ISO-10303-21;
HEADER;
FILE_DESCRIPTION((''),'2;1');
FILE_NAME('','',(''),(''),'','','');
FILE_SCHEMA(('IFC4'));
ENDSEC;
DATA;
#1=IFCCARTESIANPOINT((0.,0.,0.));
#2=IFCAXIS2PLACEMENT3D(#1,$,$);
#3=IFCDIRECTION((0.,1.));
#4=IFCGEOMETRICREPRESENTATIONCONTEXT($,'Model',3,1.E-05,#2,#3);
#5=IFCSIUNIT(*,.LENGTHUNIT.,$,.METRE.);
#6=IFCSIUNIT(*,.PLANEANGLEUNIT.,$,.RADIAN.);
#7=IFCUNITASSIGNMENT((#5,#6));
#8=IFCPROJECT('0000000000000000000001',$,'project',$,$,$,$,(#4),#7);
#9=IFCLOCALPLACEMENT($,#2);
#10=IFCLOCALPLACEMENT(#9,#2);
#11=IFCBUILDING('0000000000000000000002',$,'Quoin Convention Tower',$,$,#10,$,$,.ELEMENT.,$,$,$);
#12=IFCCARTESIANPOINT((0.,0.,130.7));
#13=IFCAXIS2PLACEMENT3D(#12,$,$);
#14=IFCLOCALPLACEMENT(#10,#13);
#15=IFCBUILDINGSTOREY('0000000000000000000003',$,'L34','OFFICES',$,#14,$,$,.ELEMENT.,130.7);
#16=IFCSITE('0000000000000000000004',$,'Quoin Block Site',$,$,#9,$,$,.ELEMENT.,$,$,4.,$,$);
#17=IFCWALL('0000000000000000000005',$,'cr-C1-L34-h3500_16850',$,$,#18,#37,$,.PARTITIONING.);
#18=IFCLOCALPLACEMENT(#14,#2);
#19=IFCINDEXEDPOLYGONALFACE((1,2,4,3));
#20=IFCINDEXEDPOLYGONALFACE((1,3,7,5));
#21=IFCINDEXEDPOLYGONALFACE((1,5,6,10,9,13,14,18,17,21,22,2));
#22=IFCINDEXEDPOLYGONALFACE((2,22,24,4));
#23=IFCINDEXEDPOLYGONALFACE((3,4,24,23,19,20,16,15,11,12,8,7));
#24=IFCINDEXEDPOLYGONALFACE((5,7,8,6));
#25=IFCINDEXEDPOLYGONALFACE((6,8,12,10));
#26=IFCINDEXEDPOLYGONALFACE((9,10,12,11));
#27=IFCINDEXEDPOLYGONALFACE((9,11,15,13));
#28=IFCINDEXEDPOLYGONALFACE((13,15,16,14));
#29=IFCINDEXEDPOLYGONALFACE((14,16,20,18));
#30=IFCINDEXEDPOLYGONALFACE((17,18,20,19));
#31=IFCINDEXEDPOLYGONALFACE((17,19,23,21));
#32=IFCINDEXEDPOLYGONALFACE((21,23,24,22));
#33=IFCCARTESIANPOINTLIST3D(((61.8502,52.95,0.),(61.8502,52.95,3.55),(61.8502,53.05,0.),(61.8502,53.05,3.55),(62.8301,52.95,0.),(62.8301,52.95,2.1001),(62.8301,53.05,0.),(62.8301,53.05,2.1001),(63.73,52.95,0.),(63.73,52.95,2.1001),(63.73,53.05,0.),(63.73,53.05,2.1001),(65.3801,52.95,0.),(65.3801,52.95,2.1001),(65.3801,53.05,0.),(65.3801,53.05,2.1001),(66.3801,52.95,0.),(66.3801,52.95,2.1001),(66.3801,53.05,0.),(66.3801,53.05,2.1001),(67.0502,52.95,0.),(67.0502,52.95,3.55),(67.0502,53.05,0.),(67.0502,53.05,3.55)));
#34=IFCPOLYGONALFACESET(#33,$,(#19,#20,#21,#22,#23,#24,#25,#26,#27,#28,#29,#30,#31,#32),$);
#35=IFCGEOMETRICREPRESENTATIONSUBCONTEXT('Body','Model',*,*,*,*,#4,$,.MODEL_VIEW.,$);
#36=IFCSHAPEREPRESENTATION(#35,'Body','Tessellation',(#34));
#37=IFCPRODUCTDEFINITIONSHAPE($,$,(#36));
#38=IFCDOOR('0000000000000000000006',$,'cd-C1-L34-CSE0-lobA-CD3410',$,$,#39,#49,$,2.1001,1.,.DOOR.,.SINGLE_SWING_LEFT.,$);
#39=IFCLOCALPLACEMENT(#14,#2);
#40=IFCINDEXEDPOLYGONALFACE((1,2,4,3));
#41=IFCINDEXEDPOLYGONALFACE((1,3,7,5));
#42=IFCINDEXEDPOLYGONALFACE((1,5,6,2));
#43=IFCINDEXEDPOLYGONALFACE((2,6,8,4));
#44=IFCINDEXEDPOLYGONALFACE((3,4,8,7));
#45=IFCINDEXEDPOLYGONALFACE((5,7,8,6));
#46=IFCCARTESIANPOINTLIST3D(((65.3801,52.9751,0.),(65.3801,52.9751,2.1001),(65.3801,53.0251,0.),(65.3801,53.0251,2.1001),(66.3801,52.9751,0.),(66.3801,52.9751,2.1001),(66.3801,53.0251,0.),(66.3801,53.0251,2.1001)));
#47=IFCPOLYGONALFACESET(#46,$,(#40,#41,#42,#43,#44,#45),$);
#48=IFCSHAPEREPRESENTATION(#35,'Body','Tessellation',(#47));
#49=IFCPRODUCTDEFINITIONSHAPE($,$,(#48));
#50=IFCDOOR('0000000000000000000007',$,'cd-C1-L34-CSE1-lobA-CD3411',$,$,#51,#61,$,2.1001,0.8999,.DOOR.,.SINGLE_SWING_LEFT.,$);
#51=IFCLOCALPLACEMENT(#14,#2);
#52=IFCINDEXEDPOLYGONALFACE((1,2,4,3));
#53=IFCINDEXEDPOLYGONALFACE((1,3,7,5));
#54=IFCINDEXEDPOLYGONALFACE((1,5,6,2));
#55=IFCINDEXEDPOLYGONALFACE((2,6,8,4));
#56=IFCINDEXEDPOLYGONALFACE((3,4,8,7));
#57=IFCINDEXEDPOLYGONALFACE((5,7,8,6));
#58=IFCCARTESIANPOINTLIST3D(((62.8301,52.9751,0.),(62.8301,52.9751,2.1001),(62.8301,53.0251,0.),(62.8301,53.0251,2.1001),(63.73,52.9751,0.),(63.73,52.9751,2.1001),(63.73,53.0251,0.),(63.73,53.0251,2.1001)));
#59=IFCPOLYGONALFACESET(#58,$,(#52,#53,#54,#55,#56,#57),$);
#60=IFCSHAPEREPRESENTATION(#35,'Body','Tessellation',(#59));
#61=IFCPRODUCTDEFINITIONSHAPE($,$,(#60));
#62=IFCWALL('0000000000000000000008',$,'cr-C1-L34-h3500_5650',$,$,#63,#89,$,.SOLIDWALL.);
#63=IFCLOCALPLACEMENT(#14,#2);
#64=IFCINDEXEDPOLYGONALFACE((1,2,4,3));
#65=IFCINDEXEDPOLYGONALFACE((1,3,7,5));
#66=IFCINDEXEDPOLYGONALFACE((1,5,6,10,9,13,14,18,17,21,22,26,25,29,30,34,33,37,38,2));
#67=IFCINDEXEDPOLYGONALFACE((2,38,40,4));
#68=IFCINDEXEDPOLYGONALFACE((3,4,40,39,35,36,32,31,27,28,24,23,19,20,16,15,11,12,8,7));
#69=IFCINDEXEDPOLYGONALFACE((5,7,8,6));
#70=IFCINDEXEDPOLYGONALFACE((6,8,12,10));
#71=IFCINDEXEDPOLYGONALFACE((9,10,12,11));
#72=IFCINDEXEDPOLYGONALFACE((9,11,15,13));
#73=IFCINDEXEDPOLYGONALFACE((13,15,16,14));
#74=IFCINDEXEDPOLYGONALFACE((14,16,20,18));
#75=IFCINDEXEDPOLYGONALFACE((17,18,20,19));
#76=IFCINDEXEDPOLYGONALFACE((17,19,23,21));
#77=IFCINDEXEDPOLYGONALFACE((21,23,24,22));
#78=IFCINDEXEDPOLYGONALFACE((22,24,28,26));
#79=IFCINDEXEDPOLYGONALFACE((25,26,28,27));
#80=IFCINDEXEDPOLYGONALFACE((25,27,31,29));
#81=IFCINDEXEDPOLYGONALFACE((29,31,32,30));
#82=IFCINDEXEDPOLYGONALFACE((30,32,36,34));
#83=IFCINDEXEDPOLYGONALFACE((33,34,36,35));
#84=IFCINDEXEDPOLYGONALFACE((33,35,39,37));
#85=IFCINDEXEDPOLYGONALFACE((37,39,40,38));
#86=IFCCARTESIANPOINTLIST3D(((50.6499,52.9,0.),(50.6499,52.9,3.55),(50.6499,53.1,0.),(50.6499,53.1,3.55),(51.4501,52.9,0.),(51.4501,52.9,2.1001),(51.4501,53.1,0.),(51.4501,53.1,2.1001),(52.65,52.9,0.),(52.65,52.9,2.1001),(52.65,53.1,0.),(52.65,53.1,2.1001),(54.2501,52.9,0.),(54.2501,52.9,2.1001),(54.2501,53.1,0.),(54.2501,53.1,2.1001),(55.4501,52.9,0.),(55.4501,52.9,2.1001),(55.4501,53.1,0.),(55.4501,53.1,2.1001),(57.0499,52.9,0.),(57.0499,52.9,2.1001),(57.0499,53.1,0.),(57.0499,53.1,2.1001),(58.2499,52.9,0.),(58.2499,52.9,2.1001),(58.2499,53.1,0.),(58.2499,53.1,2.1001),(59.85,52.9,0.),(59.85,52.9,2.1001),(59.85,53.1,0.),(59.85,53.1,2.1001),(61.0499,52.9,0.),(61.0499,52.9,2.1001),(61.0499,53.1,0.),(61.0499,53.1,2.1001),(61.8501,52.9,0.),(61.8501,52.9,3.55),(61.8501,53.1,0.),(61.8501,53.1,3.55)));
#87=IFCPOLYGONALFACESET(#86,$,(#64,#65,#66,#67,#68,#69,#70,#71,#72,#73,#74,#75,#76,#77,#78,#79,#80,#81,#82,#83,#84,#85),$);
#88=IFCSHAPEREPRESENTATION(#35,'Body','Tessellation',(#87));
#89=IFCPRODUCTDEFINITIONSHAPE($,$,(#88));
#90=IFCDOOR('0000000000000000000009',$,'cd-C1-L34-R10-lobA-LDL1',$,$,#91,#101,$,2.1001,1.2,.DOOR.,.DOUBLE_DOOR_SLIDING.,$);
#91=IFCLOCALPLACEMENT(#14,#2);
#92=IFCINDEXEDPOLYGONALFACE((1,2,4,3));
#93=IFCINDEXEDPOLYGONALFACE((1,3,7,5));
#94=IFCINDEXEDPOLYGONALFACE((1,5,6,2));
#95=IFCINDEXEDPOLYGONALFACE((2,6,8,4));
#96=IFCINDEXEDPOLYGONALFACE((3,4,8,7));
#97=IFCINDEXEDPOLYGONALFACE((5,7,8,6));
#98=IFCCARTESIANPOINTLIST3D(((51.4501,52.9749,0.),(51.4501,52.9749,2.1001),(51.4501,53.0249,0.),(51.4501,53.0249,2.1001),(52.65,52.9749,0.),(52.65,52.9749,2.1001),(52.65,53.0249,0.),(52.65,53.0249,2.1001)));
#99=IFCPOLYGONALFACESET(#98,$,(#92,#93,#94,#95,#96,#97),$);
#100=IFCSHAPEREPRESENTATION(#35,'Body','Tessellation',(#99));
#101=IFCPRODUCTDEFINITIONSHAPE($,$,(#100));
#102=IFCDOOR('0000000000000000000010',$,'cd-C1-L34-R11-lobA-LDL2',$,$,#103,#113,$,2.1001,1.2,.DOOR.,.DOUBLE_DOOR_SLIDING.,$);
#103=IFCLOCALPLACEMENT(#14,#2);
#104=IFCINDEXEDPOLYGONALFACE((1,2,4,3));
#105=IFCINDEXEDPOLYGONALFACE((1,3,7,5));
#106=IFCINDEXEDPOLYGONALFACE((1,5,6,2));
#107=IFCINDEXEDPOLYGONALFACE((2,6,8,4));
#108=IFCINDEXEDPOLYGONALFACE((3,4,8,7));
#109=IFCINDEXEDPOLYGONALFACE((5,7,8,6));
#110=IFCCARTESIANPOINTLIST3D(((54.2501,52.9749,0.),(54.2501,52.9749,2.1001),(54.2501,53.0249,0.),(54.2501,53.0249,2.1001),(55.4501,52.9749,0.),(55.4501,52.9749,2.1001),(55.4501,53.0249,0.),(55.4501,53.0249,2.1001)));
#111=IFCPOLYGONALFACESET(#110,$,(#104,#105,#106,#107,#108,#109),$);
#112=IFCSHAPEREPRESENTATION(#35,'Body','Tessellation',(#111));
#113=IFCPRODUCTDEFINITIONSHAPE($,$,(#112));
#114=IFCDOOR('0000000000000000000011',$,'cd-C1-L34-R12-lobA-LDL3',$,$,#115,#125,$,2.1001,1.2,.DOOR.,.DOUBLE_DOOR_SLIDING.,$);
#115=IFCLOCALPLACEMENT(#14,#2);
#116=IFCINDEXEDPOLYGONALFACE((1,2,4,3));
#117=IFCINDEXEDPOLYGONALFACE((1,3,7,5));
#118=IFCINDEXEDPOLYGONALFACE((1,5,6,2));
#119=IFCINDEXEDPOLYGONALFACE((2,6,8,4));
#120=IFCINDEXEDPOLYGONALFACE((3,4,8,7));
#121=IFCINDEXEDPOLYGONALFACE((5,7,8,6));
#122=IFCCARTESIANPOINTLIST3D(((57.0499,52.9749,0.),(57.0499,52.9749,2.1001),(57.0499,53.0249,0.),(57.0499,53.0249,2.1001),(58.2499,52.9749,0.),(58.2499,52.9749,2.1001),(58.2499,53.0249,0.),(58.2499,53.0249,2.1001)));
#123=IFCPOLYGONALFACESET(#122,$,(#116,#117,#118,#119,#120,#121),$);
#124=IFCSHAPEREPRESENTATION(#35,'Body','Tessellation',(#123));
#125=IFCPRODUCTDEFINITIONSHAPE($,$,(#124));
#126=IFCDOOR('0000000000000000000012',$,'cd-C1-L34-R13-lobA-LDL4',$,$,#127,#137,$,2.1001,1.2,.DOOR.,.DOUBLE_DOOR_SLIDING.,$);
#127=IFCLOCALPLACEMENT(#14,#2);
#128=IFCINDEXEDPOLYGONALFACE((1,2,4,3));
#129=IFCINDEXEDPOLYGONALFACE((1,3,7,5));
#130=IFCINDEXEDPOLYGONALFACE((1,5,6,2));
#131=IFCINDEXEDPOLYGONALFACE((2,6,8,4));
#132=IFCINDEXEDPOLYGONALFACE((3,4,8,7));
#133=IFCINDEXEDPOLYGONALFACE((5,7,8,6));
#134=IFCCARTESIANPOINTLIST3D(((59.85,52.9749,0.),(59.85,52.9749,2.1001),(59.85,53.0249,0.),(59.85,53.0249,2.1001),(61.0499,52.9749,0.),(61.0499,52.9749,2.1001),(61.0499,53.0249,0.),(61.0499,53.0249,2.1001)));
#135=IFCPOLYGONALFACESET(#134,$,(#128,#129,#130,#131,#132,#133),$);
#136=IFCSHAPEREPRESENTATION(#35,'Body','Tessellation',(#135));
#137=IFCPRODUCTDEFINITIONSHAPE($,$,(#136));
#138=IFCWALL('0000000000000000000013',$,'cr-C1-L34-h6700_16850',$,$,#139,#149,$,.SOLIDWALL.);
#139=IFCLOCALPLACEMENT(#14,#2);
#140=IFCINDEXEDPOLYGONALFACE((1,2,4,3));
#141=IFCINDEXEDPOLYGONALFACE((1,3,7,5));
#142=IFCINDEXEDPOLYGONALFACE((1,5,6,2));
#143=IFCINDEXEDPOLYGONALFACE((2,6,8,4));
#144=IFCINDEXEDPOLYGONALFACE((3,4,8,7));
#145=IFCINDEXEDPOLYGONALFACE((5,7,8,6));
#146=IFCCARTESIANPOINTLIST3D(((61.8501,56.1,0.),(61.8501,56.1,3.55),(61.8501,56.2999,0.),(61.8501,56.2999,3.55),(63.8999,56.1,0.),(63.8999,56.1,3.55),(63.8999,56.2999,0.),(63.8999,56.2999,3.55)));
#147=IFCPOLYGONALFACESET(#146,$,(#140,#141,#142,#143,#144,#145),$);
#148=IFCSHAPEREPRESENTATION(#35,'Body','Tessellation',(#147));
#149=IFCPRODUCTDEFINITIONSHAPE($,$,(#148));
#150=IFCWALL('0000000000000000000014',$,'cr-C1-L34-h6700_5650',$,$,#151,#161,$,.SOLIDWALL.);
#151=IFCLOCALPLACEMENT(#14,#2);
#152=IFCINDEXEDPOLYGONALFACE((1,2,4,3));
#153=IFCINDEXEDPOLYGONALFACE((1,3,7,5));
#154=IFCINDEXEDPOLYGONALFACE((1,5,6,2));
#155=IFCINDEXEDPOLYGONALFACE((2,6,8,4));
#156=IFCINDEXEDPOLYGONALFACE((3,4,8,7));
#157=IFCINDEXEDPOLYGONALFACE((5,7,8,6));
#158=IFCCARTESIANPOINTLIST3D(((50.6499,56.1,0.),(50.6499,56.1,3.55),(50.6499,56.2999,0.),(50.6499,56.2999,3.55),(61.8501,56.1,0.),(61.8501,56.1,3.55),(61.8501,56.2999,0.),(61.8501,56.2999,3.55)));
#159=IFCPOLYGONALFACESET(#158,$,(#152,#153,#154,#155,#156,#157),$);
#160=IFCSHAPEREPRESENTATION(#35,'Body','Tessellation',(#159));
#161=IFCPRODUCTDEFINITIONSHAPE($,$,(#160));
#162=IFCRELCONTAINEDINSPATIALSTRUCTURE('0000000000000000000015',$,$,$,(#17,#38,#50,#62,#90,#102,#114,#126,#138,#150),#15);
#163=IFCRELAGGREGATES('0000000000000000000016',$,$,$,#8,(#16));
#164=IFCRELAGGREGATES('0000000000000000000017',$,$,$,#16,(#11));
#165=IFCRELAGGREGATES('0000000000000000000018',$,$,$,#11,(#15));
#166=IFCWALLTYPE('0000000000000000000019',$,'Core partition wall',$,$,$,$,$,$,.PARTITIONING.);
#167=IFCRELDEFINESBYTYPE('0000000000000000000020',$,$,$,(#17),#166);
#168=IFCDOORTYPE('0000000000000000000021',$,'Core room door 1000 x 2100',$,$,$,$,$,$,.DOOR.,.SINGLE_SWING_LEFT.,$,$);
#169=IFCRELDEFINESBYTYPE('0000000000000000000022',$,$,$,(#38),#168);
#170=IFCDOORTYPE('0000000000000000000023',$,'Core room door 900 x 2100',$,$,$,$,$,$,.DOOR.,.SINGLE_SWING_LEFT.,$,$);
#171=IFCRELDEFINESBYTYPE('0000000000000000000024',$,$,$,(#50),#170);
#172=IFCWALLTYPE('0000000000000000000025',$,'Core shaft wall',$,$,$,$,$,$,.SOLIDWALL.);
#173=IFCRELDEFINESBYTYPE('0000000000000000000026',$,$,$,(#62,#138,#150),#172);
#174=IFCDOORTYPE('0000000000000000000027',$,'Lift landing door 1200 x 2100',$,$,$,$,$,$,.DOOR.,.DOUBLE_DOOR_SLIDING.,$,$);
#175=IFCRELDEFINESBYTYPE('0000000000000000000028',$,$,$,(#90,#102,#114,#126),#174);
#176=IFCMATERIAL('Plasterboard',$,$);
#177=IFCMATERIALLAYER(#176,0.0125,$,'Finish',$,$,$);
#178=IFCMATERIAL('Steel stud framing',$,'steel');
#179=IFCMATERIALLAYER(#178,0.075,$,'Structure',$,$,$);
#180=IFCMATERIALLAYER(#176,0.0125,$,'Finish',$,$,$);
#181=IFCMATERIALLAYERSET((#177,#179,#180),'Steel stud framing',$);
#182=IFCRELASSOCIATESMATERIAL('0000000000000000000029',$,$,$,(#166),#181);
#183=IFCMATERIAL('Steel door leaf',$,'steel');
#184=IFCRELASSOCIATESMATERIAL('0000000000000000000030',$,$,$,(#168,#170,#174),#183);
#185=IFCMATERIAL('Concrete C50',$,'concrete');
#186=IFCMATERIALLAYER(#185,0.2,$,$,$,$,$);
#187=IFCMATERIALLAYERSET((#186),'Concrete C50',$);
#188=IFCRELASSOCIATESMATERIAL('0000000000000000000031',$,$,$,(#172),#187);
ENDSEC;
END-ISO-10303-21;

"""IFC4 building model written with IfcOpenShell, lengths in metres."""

from ifc_helpers import new_model, si_unit, direction, frame, frame_2d, origin, place, context, subcontext, project, spatial, rectangle, extrude, material, layer, layer_set, type_object, element, fill, save


model = new_model("IFC4")

# Units and contexts
model_context = context("Model", 3, precision=1e-05, world=origin(), true_north=direction((0.0, 1.0)))
body_context = subcontext(model_context, "Body", "Model", "MODEL_VIEW")
ifc_project = project(units=[si_unit("LENGTHUNIT", "METRE"), si_unit("PLANEANGLEUNIT", "RADIAN")], contexts=[model_context])

# Site, building, storey
site_placement = place(None, origin())
site = spatial("IfcSite", under=ifc_project, at=site_placement, Name="Quoin Block Site", CompositionType="ELEMENT", RefElevation=4.0)
building_placement = place(site_placement, origin())
building = spatial("IfcBuilding", under=site, at=building_placement, Name="Quoin Convention Tower", CompositionType="ELEMENT")
storey_placement = place(building_placement, frame((0.0, 0.0, 130.7)))
storey = spatial("IfcBuildingStorey", under=building, at=storey_placement, Name="L34", Description="OFFICES", CompositionType="ELEMENT", Elevation=130.7)

# Walls, openings, doors
ifc_material_1 = material(Name="Plasterboard")
ifc_layer_1 = layer(ifc_material_1, 0.0125, Name="Finish")
ifc_material_2 = material(Name="Steel stud framing", Category="steel")
ifc_layer_2 = layer(ifc_material_2, 0.075, Name="Structure")
ifc_layer_3 = layer(ifc_material_1, 0.0125, Name="Finish")
ifc_layer_set_1 = layer_set([ifc_layer_1, ifc_layer_2, ifc_layer_3], Name="Steel stud framing")
wall_type_1 = type_object("IfcWallType", Name="Core partition wall", PredefinedType="PARTITIONING", material=ifc_layer_set_1)
wall_1_placement = place(storey_placement, frame((61.8501, 53.0, 0.0), z_axis=(0.0, 0.0, 1.0), x_axis=(1.0, 0.0, 0.0)))
wall_1 = element("IfcWall", 1, at=wall_1_placement, inside=storey, type_object=wall_type_1, Name="cr-C1-L34-h3500_16850", PredefinedType="PARTITIONING", context=body_context, shape_type="SweptSolid", body=[
    extrude(rectangle(XDim=5.2, YDim=0.1001, at=frame_2d((2.6001, 0.0))), origin(), (0.0, 0.0, 1.0), 3.55),
])
opening_1_placement = place(wall_1_placement, frame((3.53, 0.0, 0.0)))
opening_1 = element("IfcOpeningElement", 2, at=opening_1_placement, cuts=wall_1, PredefinedType="OPENING", context=body_context, shape_type="SweptSolid", body=[
    extrude(rectangle(XDim=1.0, YDim=2.1001, at=frame_2d((0.5, 1.05))), frame((0.0, 0.0601, 0.0), z_axis=(0.0, -1.0, 0.0), x_axis=(1.0, 0.0, 0.0)), (0.0, 0.0, 1.0), 0.1201),
])
opening_2_placement = place(wall_1_placement, frame((0.98, 0.0, 0.0)))
opening_2 = element("IfcOpeningElement", 3, at=opening_2_placement, cuts=wall_1, PredefinedType="OPENING", context=body_context, shape_type="SweptSolid", body=[
    extrude(rectangle(XDim=0.8999, YDim=2.1001, at=frame_2d((0.45, 1.05))), frame((0.0, 0.0601, 0.0), z_axis=(0.0, -1.0, 0.0), x_axis=(1.0, 0.0, 0.0)), (0.0, 0.0, 1.0), 0.1201),
])
ifc_material_3 = material(Name="Steel door leaf", Category="steel")
door_type_1 = type_object("IfcDoorType", Name="Core room door 1000 x 2100", OperationType="SINGLE_SWING_LEFT", PredefinedType="DOOR", material=ifc_material_3)
door_1_placement = place(opening_1_placement, frame((1.0, 0.0, 0.0), z_axis=(0.0, 0.0, 1.0), x_axis=(-1.0, 0.0, 0.0)))
door_1 = element("IfcDoor", 4, at=door_1_placement, inside=storey, type_object=door_type_1, Name="cd-C1-L34-CSE0-lobA-CD3410", OperationType="SINGLE_SWING_LEFT", OverallHeight=2.1001, OverallWidth=1.0, PredefinedType="DOOR", context=body_context, shape_type="SweptSolid", body=[
    extrude(rectangle(XDim=1.0, YDim=2.1001, at=frame_2d((0.5, 1.05))), frame((0.0, 0.0249, 0.0), z_axis=(0.0, -1.0, 0.0), x_axis=(1.0, 0.0, 0.0)), (0.0, 0.0, 1.0), 0.05),
])
fill(opening_1, door_1)
door_type_2 = type_object("IfcDoorType", Name="Core room door 900 x 2100", OperationType="SINGLE_SWING_LEFT", PredefinedType="DOOR", material=ifc_material_3)
door_2_placement = place(opening_2_placement, frame((0.8999, 0.0, 0.0), z_axis=(0.0, 0.0, 1.0), x_axis=(-1.0, 0.0, 0.0)))
door_2 = element("IfcDoor", 5, at=door_2_placement, inside=storey, type_object=door_type_2, Name="cd-C1-L34-CSE1-lobA-CD3411", OperationType="SINGLE_SWING_LEFT", OverallHeight=2.1001, OverallWidth=0.8999, PredefinedType="DOOR", context=body_context, shape_type="SweptSolid", body=[
    extrude(rectangle(XDim=0.8999, YDim=2.1001, at=frame_2d((0.45, 1.05))), frame((0.0, 0.0249, 0.0), z_axis=(0.0, -1.0, 0.0), x_axis=(1.0, 0.0, 0.0)), (0.0, 0.0, 1.0), 0.05),
])
fill(opening_2, door_2)
ifc_material_4 = material(Name="Concrete C50", Category="concrete")
ifc_layer_4 = layer(ifc_material_4, 0.2)
ifc_layer_set_2 = layer_set([ifc_layer_4], Name="Concrete C50")
wall_type_2 = type_object("IfcWallType", Name="Core shaft wall", PredefinedType="SOLIDWALL", material=ifc_layer_set_2)
wall_2_placement = place(storey_placement, frame((50.6499, 53.0, 0.0), z_axis=(0.0, 0.0, 1.0), x_axis=(1.0, 0.0, 0.0)))
wall_2 = element("IfcWall", 6, at=wall_2_placement, inside=storey, type_object=wall_type_2, Name="cr-C1-L34-h3500_5650", PredefinedType="SOLIDWALL", context=body_context, shape_type="SweptSolid", body=[
    extrude(rectangle(XDim=11.2002, YDim=0.2, at=frame_2d((5.6001, 0.0))), origin(), (0.0, 0.0, 1.0), 3.55),
])
opening_3_placement = place(wall_2_placement, frame((0.8, 0.0, 0.0)))
opening_3 = element("IfcOpeningElement", 7, at=opening_3_placement, cuts=wall_2, PredefinedType="OPENING", context=body_context, shape_type="SweptSolid", body=[
    extrude(rectangle(XDim=1.2, YDim=2.1001, at=frame_2d((0.6001, 1.05))), frame((0.0, 0.1099, 0.0), z_axis=(0.0, -1.0, 0.0), x_axis=(1.0, 0.0, 0.0)), (0.0, 0.0, 1.0), 0.22),
])
opening_4_placement = place(wall_2_placement, frame((3.6001, 0.0, 0.0)))
opening_4 = element("IfcOpeningElement", 8, at=opening_4_placement, cuts=wall_2, PredefinedType="OPENING", context=body_context, shape_type="SweptSolid", body=[
    extrude(rectangle(XDim=1.2, YDim=2.1001, at=frame_2d((0.6001, 1.05))), frame((0.0, 0.1099, 0.0), z_axis=(0.0, -1.0, 0.0), x_axis=(1.0, 0.0, 0.0)), (0.0, 0.0, 1.0), 0.22),
])
opening_5_placement = place(wall_2_placement, frame((6.3999, 0.0, 0.0)))
opening_5 = element("IfcOpeningElement", 9, at=opening_5_placement, cuts=wall_2, PredefinedType="OPENING", context=body_context, shape_type="SweptSolid", body=[
    extrude(rectangle(XDim=1.2, YDim=2.1001, at=frame_2d((0.6001, 1.05))), frame((0.0, 0.1099, 0.0), z_axis=(0.0, -1.0, 0.0), x_axis=(1.0, 0.0, 0.0)), (0.0, 0.0, 1.0), 0.22),
])
opening_6_placement = place(wall_2_placement, frame((9.2, 0.0, 0.0)))
opening_6 = element("IfcOpeningElement", 10, at=opening_6_placement, cuts=wall_2, PredefinedType="OPENING", context=body_context, shape_type="SweptSolid", body=[
    extrude(rectangle(XDim=1.2, YDim=2.1001, at=frame_2d((0.6001, 1.05))), frame((0.0, 0.1099, 0.0), z_axis=(0.0, -1.0, 0.0), x_axis=(1.0, 0.0, 0.0)), (0.0, 0.0, 1.0), 0.22),
])
door_type_3 = type_object("IfcDoorType", Name="Lift landing door 1200 x 2100", OperationType="DOUBLE_DOOR_SLIDING", PredefinedType="DOOR", material=ifc_material_3)
door_3_placement = place(opening_3_placement, origin())
door_3 = element("IfcDoor", 11, at=door_3_placement, inside=storey, type_object=door_type_3, Name="cd-C1-L34-R10-lobA-LDL1", OperationType="DOUBLE_DOOR_SLIDING", OverallHeight=2.1001, OverallWidth=1.2, PredefinedType="DOOR", context=body_context, shape_type="SweptSolid", body=[
    extrude(rectangle(XDim=1.2, YDim=2.1001, at=frame_2d((0.6001, 1.05))), frame((0.0, 0.0249, 0.0), z_axis=(0.0, -1.0, 0.0), x_axis=(1.0, 0.0, 0.0)), (0.0, 0.0, 1.0), 0.05),
])
fill(opening_3, door_3)
door_4_placement = place(opening_4_placement, origin())
door_4 = element("IfcDoor", 12, at=door_4_placement, inside=storey, type_object=door_type_3, Name="cd-C1-L34-R11-lobA-LDL2", OperationType="DOUBLE_DOOR_SLIDING", OverallHeight=2.1001, OverallWidth=1.2, PredefinedType="DOOR", context=body_context, shape_type="SweptSolid", body=[
    extrude(rectangle(XDim=1.2, YDim=2.1001, at=frame_2d((0.6001, 1.05))), frame((0.0, 0.0249, 0.0), z_axis=(0.0, -1.0, 0.0), x_axis=(1.0, 0.0, 0.0)), (0.0, 0.0, 1.0), 0.05),
])
fill(opening_4, door_4)
door_5_placement = place(opening_5_placement, origin())
door_5 = element("IfcDoor", 13, at=door_5_placement, inside=storey, type_object=door_type_3, Name="cd-C1-L34-R12-lobA-LDL3", OperationType="DOUBLE_DOOR_SLIDING", OverallHeight=2.1001, OverallWidth=1.2, PredefinedType="DOOR", context=body_context, shape_type="SweptSolid", body=[
    extrude(rectangle(XDim=1.2, YDim=2.1001, at=frame_2d((0.6001, 1.05))), frame((0.0, 0.0249, 0.0), z_axis=(0.0, -1.0, 0.0), x_axis=(1.0, 0.0, 0.0)), (0.0, 0.0, 1.0), 0.05),
])
fill(opening_5, door_5)
door_6_placement = place(opening_6_placement, origin())
door_6 = element("IfcDoor", 14, at=door_6_placement, inside=storey, type_object=door_type_3, Name="cd-C1-L34-R13-lobA-LDL4", OperationType="DOUBLE_DOOR_SLIDING", OverallHeight=2.1001, OverallWidth=1.2, PredefinedType="DOOR", context=body_context, shape_type="SweptSolid", body=[
    extrude(rectangle(XDim=1.2, YDim=2.1001, at=frame_2d((0.6001, 1.05))), frame((0.0, 0.0249, 0.0), z_axis=(0.0, -1.0, 0.0), x_axis=(1.0, 0.0, 0.0)), (0.0, 0.0, 1.0), 0.05),
])
fill(opening_6, door_6)

# Walls
wall_3_placement = place(storey_placement, frame((61.8501, 56.2, 0.0), z_axis=(0.0, 0.0, 1.0), x_axis=(1.0, 0.0, 0.0)))
element("IfcWall", 15, at=wall_3_placement, inside=storey, type_object=wall_type_2, Name="cr-C1-L34-h6700_16850", PredefinedType="SOLIDWALL", context=body_context, shape_type="SweptSolid", body=[
    extrude(rectangle(XDim=2.0498, YDim=0.2, at=frame_2d((1.0249, 0.0))), origin(), (0.0, 0.0, 1.0), 3.55),
])
wall_4_placement = place(storey_placement, frame((50.6499, 56.2, 0.0), z_axis=(0.0, 0.0, 1.0), x_axis=(1.0, 0.0, 0.0)))
element("IfcWall", 16, at=wall_4_placement, inside=storey, type_object=wall_type_2, Name="cr-C1-L34-h6700_5650", PredefinedType="SOLIDWALL", context=body_context, shape_type="SweptSolid", body=[
    extrude(rectangle(XDim=11.2002, YDim=0.2, at=frame_2d((5.6001, 0.0))), origin(), (0.0, 0.0, 1.0), 3.55),
])

save(model, "model.ifc")
